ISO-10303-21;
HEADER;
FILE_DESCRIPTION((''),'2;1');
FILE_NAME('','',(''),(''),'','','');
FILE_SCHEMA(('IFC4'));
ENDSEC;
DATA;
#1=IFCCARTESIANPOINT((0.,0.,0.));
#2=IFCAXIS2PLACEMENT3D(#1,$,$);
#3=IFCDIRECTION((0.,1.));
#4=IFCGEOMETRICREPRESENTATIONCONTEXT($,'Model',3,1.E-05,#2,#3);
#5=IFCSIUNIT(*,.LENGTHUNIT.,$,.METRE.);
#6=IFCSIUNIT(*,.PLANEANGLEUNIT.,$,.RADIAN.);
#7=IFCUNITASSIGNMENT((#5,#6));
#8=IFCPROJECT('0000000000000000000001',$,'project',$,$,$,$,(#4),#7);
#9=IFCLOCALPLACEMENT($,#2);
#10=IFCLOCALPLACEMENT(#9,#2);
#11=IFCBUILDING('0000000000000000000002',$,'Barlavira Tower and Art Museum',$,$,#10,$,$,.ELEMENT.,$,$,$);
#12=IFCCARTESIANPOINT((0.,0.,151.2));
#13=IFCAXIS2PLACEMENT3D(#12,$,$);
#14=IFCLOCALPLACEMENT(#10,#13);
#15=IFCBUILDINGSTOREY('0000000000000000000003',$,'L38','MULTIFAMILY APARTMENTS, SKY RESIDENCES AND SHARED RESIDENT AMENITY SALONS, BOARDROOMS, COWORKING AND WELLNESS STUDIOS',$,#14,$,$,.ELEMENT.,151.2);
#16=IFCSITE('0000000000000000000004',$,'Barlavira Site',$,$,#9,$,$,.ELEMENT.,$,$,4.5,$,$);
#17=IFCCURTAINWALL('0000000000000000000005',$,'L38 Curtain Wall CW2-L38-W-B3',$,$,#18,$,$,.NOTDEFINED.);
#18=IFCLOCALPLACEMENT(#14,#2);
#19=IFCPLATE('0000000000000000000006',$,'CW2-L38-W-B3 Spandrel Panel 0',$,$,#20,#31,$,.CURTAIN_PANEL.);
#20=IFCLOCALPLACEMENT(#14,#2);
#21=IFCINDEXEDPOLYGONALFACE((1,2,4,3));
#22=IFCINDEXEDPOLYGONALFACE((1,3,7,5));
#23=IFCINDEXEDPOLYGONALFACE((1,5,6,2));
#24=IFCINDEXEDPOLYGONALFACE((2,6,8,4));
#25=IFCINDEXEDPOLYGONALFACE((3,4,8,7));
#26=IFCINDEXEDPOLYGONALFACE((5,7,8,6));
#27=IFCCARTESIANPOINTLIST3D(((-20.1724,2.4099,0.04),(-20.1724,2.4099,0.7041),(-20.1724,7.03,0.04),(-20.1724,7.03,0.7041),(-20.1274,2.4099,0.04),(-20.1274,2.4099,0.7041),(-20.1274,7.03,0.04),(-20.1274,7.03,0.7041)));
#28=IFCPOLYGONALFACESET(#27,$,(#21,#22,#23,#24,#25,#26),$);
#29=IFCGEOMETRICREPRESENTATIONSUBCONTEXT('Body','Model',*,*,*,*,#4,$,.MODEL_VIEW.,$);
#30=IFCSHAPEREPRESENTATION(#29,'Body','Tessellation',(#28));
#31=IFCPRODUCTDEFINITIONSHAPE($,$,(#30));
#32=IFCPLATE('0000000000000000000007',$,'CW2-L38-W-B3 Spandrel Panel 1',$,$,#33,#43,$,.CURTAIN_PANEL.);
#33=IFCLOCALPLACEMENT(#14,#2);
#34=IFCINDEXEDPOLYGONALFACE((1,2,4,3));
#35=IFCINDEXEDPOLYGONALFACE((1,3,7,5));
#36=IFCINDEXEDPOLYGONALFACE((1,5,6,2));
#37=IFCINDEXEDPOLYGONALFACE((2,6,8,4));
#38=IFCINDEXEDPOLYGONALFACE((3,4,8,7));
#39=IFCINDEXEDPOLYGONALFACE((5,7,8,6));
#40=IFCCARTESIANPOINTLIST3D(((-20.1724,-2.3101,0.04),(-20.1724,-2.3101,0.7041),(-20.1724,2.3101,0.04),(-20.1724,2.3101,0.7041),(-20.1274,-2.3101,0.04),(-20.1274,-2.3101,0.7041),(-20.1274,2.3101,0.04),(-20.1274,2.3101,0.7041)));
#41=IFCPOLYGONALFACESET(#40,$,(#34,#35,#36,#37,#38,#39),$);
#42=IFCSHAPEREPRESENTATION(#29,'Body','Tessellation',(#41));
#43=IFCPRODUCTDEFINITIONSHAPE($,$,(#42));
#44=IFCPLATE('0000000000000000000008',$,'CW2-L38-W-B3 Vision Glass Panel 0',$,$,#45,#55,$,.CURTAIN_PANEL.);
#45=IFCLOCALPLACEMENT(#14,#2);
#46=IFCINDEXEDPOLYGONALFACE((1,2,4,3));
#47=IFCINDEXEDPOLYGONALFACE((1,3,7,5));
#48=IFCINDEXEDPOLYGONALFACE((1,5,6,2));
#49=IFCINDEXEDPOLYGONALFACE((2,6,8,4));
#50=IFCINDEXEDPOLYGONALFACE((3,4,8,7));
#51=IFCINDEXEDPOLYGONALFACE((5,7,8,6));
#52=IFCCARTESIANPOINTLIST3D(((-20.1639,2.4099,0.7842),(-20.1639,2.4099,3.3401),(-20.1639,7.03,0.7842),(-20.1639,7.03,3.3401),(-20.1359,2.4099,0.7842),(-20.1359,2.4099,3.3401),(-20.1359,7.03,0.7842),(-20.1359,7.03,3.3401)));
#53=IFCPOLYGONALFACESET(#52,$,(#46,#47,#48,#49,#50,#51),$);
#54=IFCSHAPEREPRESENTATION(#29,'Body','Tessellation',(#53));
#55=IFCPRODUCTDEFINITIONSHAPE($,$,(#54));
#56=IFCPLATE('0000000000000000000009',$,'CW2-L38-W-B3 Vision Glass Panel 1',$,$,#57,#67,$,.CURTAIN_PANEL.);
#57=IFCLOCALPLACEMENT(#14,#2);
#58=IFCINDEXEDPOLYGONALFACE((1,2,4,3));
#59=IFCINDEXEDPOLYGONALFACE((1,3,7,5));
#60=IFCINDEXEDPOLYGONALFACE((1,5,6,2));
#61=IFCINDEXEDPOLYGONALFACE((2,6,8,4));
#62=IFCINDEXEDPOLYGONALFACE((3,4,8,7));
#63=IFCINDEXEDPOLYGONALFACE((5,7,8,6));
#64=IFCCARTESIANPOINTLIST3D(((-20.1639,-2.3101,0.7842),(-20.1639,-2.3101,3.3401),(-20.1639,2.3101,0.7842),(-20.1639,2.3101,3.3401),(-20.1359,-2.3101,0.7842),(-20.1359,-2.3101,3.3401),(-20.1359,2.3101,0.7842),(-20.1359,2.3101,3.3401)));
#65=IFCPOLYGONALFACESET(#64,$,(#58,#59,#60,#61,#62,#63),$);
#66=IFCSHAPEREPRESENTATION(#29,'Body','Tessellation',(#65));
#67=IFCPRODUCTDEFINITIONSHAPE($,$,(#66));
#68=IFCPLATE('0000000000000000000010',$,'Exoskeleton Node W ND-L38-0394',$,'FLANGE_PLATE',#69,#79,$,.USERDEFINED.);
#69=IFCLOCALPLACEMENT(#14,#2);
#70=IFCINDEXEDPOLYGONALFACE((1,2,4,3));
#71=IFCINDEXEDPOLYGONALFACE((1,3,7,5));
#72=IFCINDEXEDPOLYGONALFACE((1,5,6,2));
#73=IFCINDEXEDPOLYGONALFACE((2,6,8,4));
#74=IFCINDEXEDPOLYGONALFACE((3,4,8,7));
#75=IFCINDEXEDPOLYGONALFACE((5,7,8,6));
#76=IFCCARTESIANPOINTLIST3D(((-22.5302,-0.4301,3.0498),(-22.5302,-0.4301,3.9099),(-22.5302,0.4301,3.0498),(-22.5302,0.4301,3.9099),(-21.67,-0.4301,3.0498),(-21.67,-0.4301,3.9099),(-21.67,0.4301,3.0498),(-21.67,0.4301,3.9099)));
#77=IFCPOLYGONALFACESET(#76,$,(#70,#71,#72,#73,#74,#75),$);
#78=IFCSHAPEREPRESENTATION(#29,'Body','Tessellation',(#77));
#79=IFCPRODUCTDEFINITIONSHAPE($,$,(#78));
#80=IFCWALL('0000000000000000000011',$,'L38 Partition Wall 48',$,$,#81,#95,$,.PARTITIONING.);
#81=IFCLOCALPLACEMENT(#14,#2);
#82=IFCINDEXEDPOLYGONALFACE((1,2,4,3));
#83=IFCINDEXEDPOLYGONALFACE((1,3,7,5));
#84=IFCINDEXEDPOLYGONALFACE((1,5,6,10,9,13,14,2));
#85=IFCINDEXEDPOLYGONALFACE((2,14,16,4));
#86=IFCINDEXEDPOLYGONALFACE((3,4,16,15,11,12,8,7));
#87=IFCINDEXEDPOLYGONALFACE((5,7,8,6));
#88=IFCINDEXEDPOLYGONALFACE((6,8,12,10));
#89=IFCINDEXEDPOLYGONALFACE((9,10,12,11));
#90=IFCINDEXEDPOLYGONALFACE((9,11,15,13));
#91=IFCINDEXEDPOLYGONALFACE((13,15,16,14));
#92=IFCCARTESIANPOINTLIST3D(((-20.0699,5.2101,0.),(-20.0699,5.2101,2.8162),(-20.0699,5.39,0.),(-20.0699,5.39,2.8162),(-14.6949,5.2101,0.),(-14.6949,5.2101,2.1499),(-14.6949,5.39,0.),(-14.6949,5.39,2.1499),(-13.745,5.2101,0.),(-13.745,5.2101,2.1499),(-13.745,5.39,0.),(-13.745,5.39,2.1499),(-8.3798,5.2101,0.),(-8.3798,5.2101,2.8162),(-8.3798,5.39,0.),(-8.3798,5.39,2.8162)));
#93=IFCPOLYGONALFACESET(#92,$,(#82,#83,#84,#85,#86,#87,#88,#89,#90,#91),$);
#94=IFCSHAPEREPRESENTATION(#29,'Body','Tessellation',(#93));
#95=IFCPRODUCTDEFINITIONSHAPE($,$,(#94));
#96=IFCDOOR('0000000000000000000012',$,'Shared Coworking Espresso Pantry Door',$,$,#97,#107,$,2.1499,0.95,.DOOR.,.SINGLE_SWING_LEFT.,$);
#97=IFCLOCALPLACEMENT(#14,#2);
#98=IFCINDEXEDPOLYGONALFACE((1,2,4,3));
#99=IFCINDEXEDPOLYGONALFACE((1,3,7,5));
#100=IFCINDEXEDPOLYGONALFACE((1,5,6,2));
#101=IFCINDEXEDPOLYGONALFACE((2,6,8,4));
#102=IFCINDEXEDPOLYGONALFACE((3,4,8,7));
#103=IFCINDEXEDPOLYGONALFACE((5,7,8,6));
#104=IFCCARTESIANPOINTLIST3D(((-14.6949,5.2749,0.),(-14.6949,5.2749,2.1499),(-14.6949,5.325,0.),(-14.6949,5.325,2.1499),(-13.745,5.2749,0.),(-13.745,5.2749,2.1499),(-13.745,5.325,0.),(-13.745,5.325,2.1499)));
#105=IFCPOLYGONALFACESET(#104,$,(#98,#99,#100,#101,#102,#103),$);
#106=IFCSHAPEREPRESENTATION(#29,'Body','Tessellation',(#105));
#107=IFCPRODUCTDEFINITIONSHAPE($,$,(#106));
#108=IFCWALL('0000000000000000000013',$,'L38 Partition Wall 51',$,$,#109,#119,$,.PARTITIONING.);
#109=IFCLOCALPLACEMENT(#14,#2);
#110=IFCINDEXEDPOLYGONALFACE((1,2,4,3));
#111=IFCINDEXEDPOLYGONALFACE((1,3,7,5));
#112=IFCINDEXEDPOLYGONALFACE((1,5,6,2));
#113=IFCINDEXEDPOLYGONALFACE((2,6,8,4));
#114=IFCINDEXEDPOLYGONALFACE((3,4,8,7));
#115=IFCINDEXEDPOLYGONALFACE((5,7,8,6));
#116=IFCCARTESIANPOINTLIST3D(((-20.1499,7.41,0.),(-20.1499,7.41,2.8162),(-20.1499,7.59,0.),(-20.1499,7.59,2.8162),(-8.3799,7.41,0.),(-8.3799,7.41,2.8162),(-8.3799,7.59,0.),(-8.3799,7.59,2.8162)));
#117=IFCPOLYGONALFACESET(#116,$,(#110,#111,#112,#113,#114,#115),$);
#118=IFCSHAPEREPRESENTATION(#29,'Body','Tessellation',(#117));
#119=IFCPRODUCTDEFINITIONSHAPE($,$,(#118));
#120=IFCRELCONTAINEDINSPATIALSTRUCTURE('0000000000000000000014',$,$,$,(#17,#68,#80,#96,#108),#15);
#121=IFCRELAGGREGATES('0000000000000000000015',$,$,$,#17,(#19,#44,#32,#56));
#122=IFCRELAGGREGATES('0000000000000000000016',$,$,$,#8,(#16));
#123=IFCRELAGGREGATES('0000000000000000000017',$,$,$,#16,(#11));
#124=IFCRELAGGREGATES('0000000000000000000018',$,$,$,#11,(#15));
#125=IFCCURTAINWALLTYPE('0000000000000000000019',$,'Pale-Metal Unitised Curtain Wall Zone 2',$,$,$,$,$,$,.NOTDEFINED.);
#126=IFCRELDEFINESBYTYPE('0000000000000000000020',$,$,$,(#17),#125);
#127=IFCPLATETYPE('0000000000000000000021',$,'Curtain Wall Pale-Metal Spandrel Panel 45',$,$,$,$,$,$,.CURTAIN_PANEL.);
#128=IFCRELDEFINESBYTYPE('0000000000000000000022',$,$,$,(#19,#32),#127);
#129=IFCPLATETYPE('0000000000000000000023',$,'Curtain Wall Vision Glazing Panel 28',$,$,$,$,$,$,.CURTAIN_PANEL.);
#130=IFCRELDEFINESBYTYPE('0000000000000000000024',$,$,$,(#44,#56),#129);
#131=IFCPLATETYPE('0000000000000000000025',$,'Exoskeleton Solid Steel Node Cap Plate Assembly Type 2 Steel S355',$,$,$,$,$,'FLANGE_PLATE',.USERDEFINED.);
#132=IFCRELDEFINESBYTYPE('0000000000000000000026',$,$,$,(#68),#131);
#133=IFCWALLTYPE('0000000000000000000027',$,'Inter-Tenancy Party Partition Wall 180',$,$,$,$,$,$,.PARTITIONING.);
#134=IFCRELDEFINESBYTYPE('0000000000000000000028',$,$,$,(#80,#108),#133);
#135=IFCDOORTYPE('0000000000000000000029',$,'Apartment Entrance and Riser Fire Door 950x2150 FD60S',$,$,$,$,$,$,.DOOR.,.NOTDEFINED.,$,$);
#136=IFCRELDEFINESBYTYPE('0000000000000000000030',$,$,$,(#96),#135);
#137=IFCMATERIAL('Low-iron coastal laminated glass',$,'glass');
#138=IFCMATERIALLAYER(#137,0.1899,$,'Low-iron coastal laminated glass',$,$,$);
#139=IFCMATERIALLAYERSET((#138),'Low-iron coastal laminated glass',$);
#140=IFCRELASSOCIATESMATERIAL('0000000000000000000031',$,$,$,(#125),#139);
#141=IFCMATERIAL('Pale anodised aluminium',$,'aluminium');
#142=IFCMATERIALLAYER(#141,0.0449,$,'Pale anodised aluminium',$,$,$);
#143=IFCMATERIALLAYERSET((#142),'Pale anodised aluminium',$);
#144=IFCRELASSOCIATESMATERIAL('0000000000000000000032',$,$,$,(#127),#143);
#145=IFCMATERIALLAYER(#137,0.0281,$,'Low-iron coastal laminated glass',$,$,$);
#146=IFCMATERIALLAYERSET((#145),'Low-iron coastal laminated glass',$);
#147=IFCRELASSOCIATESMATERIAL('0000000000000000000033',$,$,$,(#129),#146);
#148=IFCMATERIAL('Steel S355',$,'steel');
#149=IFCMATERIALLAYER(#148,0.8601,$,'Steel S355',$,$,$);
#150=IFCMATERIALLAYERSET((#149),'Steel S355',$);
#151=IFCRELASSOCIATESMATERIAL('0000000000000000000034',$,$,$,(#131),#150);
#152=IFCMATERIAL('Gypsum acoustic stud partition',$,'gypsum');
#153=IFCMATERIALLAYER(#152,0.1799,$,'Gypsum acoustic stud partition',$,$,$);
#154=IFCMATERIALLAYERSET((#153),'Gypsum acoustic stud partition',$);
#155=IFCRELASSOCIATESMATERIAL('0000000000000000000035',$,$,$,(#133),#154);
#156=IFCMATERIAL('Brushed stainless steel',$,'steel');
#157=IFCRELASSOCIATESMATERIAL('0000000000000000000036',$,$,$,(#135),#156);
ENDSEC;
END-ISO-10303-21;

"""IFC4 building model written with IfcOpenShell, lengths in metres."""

from ifc_helpers import new_model, si_unit, direction, frame, frame_2d, origin, origin_2d, place, context, subcontext, project, spatial, rectangle, extrude, material, layer, layer_set, type_object, element, fill, aggregate, save


model = new_model("IFC4")

# Units and contexts
model_context = context("Model", 3, precision=1e-05, world=origin(), true_north=direction((0.0, 1.0)))
body_context = subcontext(model_context, "Body", "Model", "MODEL_VIEW")
ifc_project = project(units=[si_unit("LENGTHUNIT", "METRE"), si_unit("PLANEANGLEUNIT", "RADIAN")], contexts=[model_context])

# Site, building, storey
site_placement = place(None, origin())
site = spatial("IfcSite", under=ifc_project, at=site_placement, Name="Barlavira Site", CompositionType="ELEMENT", RefElevation=4.5)
building_placement = place(site_placement, origin())
building = spatial("IfcBuilding", under=site, at=building_placement, Name="Barlavira Tower and Art Museum", CompositionType="ELEMENT")
storey_placement = place(building_placement, frame((0.0, 0.0, 151.2)))
storey = spatial("IfcBuildingStorey", under=building, at=storey_placement, Name="L38", Description="MULTIFAMILY APARTMENTS, SKY RESIDENCES AND SHARED RESIDENT AMENITY SALONS, BOARDROOMS, COWORKING AND WELLNESS STUDIOS", CompositionType="ELEMENT", Elevation=151.2)

# Curtain wall
ifc_material_1 = material(Name="Low-iron coastal laminated glass", Category="glass")
ifc_layer_1 = layer(ifc_material_1, 0.1899, Name="Low-iron coastal laminated glass")
ifc_layer_set_1 = layer_set([ifc_layer_1], Name="Low-iron coastal laminated glass")
curtain_wall_type = type_object("IfcCurtainWallType", Name="Pale-Metal Unitised Curtain Wall Zone 2", PredefinedType="NOTDEFINED", material=ifc_layer_set_1)
curtain_wall_placement = place(storey_placement, origin())
curtain_wall = element("IfcCurtainWall", 1, at=curtain_wall_placement, inside=storey, type_object=curtain_wall_type, Name="L38 Curtain Wall CW2-L38-W-B3", PredefinedType="NOTDEFINED")
ifc_material_2 = material(Name="Pale anodised aluminium", Category="aluminium")

# Shared definitions
ifc_material_3 = material(Name="Steel S355", Category="steel")

# Plates
ifc_layer_2 = layer(ifc_material_2, 0.0449, Name="Pale anodised aluminium")
ifc_layer_set_2 = layer_set([ifc_layer_2], Name="Pale anodised aluminium")
plate_type_1 = type_object("IfcPlateType", Name="Curtain Wall Pale-Metal Spandrel Panel 45", PredefinedType="CURTAIN_PANEL", material=ifc_layer_set_2)
plate_1_placement = place(storey_placement, frame((-20.1499, 4.72, 0.04), z_axis=(0.0, 0.0, 1.0), x_axis=(0.0, -1.0, 0.0)))
plate_1 = element("IfcPlate", 2, at=plate_1_placement, type_object=plate_type_1, Name="CW2-L38-W-B3 Spandrel Panel 0", PredefinedType="CURTAIN_PANEL", context=body_context, shape_type="SweptSolid", body=[
    extrude(rectangle(XDim=4.6201, YDim=0.0449, at=origin_2d()), origin(), (0.0, 0.0, 1.0), 0.6641),
])
plate_2_placement = place(storey_placement, frame((-20.1499, 0.0, 0.04), z_axis=(0.0, 0.0, 1.0), x_axis=(0.0, -1.0, 0.0)))
plate_2 = element("IfcPlate", 3, at=plate_2_placement, type_object=plate_type_1, Name="CW2-L38-W-B3 Spandrel Panel 1", PredefinedType="CURTAIN_PANEL", context=body_context, shape_type="SweptSolid", body=[
    extrude(rectangle(XDim=4.6201, YDim=0.0449, at=origin_2d()), origin(), (0.0, 0.0, 1.0), 0.6641),
])
ifc_layer_3 = layer(ifc_material_1, 0.0281, Name="Low-iron coastal laminated glass")
ifc_layer_set_3 = layer_set([ifc_layer_3], Name="Low-iron coastal laminated glass")
plate_type_2 = type_object("IfcPlateType", Name="Curtain Wall Vision Glazing Panel 28", PredefinedType="CURTAIN_PANEL", material=ifc_layer_set_3)
plate_3_placement = place(storey_placement, frame((-20.1499, 4.72, 0.7842), z_axis=(0.0, 0.0, 1.0), x_axis=(0.0, -1.0, 0.0)))
plate_3 = element("IfcPlate", 4, at=plate_3_placement, type_object=plate_type_2, Name="CW2-L38-W-B3 Vision Glass Panel 0", PredefinedType="CURTAIN_PANEL", context=body_context, shape_type="SweptSolid", body=[
    extrude(rectangle(XDim=4.6201, YDim=0.0281, at=origin_2d()), origin(), (0.0, 0.0, 1.0), 2.5559),
])
plate_4_placement = place(storey_placement, frame((-20.1499, 0.0, 0.7842), z_axis=(0.0, 0.0, 1.0), x_axis=(0.0, -1.0, 0.0)))
plate_4 = element("IfcPlate", 5, at=plate_4_placement, type_object=plate_type_2, Name="CW2-L38-W-B3 Vision Glass Panel 1", PredefinedType="CURTAIN_PANEL", context=body_context, shape_type="SweptSolid", body=[
    extrude(rectangle(XDim=4.6201, YDim=0.0281, at=origin_2d()), origin(), (0.0, 0.0, 1.0), 2.5559),
])
aggregate(curtain_wall, [plate_1, plate_3, plate_2, plate_4])
ifc_layer_4 = layer(ifc_material_3, 0.8601, Name="Steel S355")
ifc_layer_set_4 = layer_set([ifc_layer_4], Name="Steel S355")
plate_type_3 = type_object("IfcPlateType", Name="Exoskeleton Solid Steel Node Cap Plate Assembly Type 2 Steel S355", ElementType="FLANGE_PLATE", PredefinedType="USERDEFINED", material=ifc_layer_set_4)
plate_5_placement = place(storey_placement, frame((-22.1001, 0.0, 3.0498), z_axis=(0.0, 0.0, 1.0), x_axis=(1.0, 0.0, 0.0)))
element("IfcPlate", 6, at=plate_5_placement, inside=storey, type_object=plate_type_3, Name="Exoskeleton Node W ND-L38-0394", ObjectType="FLANGE_PLATE", PredefinedType="USERDEFINED", context=body_context, shape_type="SweptSolid", body=[
    extrude(rectangle(XDim=0.8601, YDim=0.8601, at=origin_2d()), origin(), (0.0, 0.0, 1.0), 0.8601),
])

# Wall, opening, door
ifc_material_4 = material(Name="Gypsum acoustic stud partition", Category="gypsum")
ifc_layer_5 = layer(ifc_material_4, 0.1799, Name="Gypsum acoustic stud partition")
ifc_layer_set_5 = layer_set([ifc_layer_5], Name="Gypsum acoustic stud partition")
wall_type = type_object("IfcWallType", Name="Inter-Tenancy Party Partition Wall 180", PredefinedType="PARTITIONING", material=ifc_layer_set_5)
wall_1_placement = place(storey_placement, frame((-20.0701, 5.3, 0.0), z_axis=(0.0, 0.0, 1.0), x_axis=(1.0, 0.0, 0.0)))
wall_1 = element("IfcWall", 7, at=wall_1_placement, inside=storey, type_object=wall_type, Name="L38 Partition Wall 48", PredefinedType="PARTITIONING", context=body_context, shape_type="SweptSolid", body=[
    extrude(rectangle(XDim=11.6902, YDim=0.1799, at=frame_2d((5.8452, 0.0))), origin(), (0.0, 0.0, 1.0), 2.8162),
])
opening_placement = place(wall_1_placement, frame((5.375, 0.0, 0.0)))
opening = element("IfcOpeningElement", 8, at=opening_placement, cuts=wall_1, PredefinedType="OPENING", context=body_context, shape_type="SweptSolid", body=[
    extrude(rectangle(XDim=0.95, YDim=2.1499, at=frame_2d((0.4751, 1.075))), frame((0.0, 0.1001, 0.0), z_axis=(0.0, -1.0, 0.0), x_axis=(1.0, 0.0, 0.0)), (0.0, 0.0, 1.0), 0.2),
])
ifc_material_5 = material(Name="Brushed stainless steel", Category="steel")
door_type = type_object("IfcDoorType", Name="Apartment Entrance and Riser Fire Door 950x2150 FD60S", OperationType="NOTDEFINED", PredefinedType="DOOR", material=ifc_material_5)
door_placement = place(opening_placement, origin())
door = element("IfcDoor", 9, at=door_placement, inside=storey, type_object=door_type, Name="Shared Coworking Espresso Pantry Door", OperationType="SINGLE_SWING_LEFT", OverallHeight=2.1499, OverallWidth=0.95, PredefinedType="DOOR", context=body_context, shape_type="SweptSolid", body=[
    extrude(rectangle(XDim=0.95, YDim=2.1499, at=frame_2d((0.4751, 1.075))), frame((0.0, 0.0249, 0.0), z_axis=(0.0, -1.0, 0.0), x_axis=(1.0, 0.0, 0.0)), (0.0, 0.0, 1.0), 0.05),
])
fill(opening, door)

# Wall
wall_2_placement = place(storey_placement, frame((-20.1499, 7.5, 0.0), z_axis=(0.0, 0.0, 1.0), x_axis=(1.0, 0.0, 0.0)))
element("IfcWall", 10, at=wall_2_placement, inside=storey, type_object=wall_type, Name="L38 Partition Wall 51", PredefinedType="PARTITIONING", context=body_context, shape_type="SweptSolid", body=[
    extrude(rectangle(XDim=11.77, YDim=0.1799, at=frame_2d((5.885, 0.0))), origin(), (0.0, 0.0, 1.0), 2.8162),
])

save(model, "model.ifc")
